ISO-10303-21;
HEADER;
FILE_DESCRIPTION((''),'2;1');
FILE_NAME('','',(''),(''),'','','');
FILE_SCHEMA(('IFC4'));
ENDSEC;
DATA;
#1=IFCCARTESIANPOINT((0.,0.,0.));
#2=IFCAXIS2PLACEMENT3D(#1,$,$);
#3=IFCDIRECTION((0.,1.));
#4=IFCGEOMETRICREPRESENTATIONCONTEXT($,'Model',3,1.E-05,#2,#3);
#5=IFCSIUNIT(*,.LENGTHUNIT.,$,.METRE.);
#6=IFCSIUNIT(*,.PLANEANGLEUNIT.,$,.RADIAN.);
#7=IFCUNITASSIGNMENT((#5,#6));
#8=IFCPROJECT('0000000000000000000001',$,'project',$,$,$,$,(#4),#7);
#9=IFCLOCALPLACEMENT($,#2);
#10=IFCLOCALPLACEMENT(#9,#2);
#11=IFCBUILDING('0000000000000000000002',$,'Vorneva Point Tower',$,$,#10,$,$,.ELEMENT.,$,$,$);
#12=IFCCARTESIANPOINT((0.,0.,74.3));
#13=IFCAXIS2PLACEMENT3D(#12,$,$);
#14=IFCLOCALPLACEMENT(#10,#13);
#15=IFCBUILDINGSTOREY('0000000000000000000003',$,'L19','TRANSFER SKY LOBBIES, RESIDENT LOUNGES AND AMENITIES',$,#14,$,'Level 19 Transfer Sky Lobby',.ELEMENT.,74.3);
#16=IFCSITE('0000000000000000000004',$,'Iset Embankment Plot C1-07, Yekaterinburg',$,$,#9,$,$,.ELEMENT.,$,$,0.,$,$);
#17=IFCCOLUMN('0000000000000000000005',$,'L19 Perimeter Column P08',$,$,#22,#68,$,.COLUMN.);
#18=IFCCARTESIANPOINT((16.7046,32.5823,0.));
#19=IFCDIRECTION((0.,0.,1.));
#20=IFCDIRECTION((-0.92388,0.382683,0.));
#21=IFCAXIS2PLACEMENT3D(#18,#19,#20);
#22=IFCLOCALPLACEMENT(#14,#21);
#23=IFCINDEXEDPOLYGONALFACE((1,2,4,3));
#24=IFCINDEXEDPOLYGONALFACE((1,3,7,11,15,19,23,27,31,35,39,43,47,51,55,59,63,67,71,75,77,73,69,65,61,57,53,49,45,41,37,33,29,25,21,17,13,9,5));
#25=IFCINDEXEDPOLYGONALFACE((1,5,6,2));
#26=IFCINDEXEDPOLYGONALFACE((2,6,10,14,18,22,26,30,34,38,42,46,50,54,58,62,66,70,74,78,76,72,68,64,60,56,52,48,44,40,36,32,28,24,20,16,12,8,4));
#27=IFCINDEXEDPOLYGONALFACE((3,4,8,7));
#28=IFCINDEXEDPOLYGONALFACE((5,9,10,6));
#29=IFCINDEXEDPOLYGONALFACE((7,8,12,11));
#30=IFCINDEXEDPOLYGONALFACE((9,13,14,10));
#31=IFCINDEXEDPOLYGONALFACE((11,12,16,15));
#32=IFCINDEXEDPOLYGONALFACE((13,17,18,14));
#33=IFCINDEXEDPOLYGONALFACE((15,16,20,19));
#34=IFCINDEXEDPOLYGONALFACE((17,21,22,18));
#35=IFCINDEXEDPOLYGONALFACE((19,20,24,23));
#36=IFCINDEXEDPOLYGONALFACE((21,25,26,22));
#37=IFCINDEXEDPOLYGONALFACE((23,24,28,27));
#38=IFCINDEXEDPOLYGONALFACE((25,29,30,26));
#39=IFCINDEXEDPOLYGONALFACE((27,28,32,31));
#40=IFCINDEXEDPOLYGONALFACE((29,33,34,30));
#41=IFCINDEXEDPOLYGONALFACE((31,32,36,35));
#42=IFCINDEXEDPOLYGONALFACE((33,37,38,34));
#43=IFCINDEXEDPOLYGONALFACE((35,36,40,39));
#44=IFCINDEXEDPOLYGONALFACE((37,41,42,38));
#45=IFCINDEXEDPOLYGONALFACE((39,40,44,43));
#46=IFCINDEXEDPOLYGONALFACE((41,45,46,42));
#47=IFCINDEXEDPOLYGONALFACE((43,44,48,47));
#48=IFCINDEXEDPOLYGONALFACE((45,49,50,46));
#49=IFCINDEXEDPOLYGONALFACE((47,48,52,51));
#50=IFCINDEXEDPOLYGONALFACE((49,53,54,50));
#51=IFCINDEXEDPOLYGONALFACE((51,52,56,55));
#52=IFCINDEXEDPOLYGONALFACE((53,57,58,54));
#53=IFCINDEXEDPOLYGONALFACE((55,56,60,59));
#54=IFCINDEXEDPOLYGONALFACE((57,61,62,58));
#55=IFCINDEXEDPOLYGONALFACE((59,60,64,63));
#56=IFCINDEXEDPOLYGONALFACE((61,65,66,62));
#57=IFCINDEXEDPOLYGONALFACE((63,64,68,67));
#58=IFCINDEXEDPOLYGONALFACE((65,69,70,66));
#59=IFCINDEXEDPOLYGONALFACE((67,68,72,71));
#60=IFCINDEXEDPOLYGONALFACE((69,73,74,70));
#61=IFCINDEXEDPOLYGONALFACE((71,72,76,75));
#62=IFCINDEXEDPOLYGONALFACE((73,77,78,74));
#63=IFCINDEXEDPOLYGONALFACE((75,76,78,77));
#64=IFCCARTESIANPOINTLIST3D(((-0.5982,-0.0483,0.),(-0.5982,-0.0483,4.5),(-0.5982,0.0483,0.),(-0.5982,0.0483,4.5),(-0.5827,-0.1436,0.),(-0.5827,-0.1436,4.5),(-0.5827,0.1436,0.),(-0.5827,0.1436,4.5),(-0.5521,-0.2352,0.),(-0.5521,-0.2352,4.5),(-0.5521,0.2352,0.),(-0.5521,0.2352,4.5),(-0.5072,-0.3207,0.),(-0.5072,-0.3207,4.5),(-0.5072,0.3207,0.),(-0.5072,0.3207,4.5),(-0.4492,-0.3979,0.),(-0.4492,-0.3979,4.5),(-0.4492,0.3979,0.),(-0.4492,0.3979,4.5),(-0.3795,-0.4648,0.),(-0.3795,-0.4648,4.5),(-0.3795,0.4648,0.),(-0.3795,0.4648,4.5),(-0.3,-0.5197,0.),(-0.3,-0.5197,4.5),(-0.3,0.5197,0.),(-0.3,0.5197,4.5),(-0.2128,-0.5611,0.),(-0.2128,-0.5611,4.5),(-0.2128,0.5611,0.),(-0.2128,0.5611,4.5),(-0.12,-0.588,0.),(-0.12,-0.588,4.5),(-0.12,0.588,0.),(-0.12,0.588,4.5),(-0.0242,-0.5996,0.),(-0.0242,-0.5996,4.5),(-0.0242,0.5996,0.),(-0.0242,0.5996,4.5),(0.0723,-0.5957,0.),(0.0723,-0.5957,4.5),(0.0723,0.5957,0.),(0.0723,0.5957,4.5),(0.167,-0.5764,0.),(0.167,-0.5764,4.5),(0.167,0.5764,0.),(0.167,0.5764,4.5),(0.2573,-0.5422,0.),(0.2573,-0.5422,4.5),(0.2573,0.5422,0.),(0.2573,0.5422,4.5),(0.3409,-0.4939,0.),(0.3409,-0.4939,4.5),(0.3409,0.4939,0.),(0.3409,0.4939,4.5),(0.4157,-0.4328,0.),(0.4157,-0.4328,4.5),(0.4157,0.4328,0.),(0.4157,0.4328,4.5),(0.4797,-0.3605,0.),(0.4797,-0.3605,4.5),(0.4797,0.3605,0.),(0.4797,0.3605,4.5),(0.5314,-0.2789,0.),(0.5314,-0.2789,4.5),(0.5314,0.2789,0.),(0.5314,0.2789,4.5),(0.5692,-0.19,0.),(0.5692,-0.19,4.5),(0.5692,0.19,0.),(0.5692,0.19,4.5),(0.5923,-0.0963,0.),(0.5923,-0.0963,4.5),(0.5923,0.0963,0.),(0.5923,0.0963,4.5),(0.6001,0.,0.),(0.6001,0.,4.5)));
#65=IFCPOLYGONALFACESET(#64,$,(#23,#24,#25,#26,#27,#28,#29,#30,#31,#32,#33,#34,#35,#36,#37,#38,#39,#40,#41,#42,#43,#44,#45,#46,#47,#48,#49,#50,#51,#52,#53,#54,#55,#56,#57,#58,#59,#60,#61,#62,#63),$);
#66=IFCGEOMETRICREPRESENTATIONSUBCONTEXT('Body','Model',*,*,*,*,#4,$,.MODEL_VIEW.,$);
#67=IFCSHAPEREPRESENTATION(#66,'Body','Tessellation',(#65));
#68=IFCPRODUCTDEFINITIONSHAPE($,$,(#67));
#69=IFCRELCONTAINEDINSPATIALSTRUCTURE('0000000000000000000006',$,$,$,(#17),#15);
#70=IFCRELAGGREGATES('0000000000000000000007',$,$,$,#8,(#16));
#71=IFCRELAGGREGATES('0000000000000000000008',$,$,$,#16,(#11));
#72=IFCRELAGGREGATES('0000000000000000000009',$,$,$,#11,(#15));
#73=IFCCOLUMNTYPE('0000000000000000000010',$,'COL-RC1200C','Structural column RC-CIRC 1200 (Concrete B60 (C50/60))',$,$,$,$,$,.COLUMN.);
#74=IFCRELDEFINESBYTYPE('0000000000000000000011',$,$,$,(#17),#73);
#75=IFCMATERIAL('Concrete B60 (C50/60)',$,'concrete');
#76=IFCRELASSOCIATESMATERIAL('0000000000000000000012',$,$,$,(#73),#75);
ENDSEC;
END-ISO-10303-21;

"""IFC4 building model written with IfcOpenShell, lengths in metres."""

from ifc_helpers import new_model, si_unit, direction, frame, origin, origin_2d, place, context, subcontext, project, spatial, circle, extrude, material, material_profile, profile_set, type_object, element, save


model = new_model("IFC4")

# Units and contexts
model_context = context("Model", 3, precision=1e-05, world=origin(), true_north=direction((0.0, 1.0)))
body_context = subcontext(model_context, "Body", "Model", "MODEL_VIEW")
ifc_project = project(units=[si_unit("LENGTHUNIT", "METRE"), si_unit("PLANEANGLEUNIT", "RADIAN")], contexts=[model_context])

# Site, building, storey
site_placement = place(None, origin())
site = spatial("IfcSite", under=ifc_project, at=site_placement, Name="Iset Embankment Plot C1-07, Yekaterinburg", CompositionType="ELEMENT", RefElevation=0.0)
building_placement = place(site_placement, origin())
building = spatial("IfcBuilding", under=site, at=building_placement, Name="Vorneva Point Tower", CompositionType="ELEMENT")
storey_placement = place(building_placement, frame((0.0, 0.0, 74.3)))
storey = spatial("IfcBuildingStorey", under=building, at=storey_placement, Name="L19", Description="TRANSFER SKY LOBBIES, RESIDENT LOUNGES AND AMENITIES", LongName="Level 19 Transfer Sky Lobby", CompositionType="ELEMENT", Elevation=74.3)

# Column
ifc_material_1 = material(Name="Concrete B60 (C50/60)", Category="concrete")
ifc_material_profile_1 = material_profile(ifc_material_1, circle(Radius=0.6001, at=origin_2d()), Name="RC-CIRC 1200")
ifc_profile_set_1 = profile_set([ifc_material_profile_1], Name="Concrete B60 (C50/60)")
column_type_1 = type_object("IfcColumnType", Name="COL-RC1200C", Description="Structural column RC-CIRC 1200 (Concrete B60 (C50/60))", PredefinedType="COLUMN", material=ifc_profile_set_1)
column_placement = place(storey_placement, frame((16.7046, 32.5823, 0.0), z_axis=(0.0, 0.0, 1.0), x_axis=(-0.92388, 0.382683, 0.0)))
element("IfcColumn", 1, at=column_placement, inside=storey, type_object=column_type_1, Name="L19 Perimeter Column P08", PredefinedType="COLUMN", context=body_context, shape_type="SweptSolid", body=[
    extrude(circle(Radius=0.6001, at=origin_2d()), origin(), (0.0, 0.0, 1.0), 4.5),
])

save(model, "model.ifc")
